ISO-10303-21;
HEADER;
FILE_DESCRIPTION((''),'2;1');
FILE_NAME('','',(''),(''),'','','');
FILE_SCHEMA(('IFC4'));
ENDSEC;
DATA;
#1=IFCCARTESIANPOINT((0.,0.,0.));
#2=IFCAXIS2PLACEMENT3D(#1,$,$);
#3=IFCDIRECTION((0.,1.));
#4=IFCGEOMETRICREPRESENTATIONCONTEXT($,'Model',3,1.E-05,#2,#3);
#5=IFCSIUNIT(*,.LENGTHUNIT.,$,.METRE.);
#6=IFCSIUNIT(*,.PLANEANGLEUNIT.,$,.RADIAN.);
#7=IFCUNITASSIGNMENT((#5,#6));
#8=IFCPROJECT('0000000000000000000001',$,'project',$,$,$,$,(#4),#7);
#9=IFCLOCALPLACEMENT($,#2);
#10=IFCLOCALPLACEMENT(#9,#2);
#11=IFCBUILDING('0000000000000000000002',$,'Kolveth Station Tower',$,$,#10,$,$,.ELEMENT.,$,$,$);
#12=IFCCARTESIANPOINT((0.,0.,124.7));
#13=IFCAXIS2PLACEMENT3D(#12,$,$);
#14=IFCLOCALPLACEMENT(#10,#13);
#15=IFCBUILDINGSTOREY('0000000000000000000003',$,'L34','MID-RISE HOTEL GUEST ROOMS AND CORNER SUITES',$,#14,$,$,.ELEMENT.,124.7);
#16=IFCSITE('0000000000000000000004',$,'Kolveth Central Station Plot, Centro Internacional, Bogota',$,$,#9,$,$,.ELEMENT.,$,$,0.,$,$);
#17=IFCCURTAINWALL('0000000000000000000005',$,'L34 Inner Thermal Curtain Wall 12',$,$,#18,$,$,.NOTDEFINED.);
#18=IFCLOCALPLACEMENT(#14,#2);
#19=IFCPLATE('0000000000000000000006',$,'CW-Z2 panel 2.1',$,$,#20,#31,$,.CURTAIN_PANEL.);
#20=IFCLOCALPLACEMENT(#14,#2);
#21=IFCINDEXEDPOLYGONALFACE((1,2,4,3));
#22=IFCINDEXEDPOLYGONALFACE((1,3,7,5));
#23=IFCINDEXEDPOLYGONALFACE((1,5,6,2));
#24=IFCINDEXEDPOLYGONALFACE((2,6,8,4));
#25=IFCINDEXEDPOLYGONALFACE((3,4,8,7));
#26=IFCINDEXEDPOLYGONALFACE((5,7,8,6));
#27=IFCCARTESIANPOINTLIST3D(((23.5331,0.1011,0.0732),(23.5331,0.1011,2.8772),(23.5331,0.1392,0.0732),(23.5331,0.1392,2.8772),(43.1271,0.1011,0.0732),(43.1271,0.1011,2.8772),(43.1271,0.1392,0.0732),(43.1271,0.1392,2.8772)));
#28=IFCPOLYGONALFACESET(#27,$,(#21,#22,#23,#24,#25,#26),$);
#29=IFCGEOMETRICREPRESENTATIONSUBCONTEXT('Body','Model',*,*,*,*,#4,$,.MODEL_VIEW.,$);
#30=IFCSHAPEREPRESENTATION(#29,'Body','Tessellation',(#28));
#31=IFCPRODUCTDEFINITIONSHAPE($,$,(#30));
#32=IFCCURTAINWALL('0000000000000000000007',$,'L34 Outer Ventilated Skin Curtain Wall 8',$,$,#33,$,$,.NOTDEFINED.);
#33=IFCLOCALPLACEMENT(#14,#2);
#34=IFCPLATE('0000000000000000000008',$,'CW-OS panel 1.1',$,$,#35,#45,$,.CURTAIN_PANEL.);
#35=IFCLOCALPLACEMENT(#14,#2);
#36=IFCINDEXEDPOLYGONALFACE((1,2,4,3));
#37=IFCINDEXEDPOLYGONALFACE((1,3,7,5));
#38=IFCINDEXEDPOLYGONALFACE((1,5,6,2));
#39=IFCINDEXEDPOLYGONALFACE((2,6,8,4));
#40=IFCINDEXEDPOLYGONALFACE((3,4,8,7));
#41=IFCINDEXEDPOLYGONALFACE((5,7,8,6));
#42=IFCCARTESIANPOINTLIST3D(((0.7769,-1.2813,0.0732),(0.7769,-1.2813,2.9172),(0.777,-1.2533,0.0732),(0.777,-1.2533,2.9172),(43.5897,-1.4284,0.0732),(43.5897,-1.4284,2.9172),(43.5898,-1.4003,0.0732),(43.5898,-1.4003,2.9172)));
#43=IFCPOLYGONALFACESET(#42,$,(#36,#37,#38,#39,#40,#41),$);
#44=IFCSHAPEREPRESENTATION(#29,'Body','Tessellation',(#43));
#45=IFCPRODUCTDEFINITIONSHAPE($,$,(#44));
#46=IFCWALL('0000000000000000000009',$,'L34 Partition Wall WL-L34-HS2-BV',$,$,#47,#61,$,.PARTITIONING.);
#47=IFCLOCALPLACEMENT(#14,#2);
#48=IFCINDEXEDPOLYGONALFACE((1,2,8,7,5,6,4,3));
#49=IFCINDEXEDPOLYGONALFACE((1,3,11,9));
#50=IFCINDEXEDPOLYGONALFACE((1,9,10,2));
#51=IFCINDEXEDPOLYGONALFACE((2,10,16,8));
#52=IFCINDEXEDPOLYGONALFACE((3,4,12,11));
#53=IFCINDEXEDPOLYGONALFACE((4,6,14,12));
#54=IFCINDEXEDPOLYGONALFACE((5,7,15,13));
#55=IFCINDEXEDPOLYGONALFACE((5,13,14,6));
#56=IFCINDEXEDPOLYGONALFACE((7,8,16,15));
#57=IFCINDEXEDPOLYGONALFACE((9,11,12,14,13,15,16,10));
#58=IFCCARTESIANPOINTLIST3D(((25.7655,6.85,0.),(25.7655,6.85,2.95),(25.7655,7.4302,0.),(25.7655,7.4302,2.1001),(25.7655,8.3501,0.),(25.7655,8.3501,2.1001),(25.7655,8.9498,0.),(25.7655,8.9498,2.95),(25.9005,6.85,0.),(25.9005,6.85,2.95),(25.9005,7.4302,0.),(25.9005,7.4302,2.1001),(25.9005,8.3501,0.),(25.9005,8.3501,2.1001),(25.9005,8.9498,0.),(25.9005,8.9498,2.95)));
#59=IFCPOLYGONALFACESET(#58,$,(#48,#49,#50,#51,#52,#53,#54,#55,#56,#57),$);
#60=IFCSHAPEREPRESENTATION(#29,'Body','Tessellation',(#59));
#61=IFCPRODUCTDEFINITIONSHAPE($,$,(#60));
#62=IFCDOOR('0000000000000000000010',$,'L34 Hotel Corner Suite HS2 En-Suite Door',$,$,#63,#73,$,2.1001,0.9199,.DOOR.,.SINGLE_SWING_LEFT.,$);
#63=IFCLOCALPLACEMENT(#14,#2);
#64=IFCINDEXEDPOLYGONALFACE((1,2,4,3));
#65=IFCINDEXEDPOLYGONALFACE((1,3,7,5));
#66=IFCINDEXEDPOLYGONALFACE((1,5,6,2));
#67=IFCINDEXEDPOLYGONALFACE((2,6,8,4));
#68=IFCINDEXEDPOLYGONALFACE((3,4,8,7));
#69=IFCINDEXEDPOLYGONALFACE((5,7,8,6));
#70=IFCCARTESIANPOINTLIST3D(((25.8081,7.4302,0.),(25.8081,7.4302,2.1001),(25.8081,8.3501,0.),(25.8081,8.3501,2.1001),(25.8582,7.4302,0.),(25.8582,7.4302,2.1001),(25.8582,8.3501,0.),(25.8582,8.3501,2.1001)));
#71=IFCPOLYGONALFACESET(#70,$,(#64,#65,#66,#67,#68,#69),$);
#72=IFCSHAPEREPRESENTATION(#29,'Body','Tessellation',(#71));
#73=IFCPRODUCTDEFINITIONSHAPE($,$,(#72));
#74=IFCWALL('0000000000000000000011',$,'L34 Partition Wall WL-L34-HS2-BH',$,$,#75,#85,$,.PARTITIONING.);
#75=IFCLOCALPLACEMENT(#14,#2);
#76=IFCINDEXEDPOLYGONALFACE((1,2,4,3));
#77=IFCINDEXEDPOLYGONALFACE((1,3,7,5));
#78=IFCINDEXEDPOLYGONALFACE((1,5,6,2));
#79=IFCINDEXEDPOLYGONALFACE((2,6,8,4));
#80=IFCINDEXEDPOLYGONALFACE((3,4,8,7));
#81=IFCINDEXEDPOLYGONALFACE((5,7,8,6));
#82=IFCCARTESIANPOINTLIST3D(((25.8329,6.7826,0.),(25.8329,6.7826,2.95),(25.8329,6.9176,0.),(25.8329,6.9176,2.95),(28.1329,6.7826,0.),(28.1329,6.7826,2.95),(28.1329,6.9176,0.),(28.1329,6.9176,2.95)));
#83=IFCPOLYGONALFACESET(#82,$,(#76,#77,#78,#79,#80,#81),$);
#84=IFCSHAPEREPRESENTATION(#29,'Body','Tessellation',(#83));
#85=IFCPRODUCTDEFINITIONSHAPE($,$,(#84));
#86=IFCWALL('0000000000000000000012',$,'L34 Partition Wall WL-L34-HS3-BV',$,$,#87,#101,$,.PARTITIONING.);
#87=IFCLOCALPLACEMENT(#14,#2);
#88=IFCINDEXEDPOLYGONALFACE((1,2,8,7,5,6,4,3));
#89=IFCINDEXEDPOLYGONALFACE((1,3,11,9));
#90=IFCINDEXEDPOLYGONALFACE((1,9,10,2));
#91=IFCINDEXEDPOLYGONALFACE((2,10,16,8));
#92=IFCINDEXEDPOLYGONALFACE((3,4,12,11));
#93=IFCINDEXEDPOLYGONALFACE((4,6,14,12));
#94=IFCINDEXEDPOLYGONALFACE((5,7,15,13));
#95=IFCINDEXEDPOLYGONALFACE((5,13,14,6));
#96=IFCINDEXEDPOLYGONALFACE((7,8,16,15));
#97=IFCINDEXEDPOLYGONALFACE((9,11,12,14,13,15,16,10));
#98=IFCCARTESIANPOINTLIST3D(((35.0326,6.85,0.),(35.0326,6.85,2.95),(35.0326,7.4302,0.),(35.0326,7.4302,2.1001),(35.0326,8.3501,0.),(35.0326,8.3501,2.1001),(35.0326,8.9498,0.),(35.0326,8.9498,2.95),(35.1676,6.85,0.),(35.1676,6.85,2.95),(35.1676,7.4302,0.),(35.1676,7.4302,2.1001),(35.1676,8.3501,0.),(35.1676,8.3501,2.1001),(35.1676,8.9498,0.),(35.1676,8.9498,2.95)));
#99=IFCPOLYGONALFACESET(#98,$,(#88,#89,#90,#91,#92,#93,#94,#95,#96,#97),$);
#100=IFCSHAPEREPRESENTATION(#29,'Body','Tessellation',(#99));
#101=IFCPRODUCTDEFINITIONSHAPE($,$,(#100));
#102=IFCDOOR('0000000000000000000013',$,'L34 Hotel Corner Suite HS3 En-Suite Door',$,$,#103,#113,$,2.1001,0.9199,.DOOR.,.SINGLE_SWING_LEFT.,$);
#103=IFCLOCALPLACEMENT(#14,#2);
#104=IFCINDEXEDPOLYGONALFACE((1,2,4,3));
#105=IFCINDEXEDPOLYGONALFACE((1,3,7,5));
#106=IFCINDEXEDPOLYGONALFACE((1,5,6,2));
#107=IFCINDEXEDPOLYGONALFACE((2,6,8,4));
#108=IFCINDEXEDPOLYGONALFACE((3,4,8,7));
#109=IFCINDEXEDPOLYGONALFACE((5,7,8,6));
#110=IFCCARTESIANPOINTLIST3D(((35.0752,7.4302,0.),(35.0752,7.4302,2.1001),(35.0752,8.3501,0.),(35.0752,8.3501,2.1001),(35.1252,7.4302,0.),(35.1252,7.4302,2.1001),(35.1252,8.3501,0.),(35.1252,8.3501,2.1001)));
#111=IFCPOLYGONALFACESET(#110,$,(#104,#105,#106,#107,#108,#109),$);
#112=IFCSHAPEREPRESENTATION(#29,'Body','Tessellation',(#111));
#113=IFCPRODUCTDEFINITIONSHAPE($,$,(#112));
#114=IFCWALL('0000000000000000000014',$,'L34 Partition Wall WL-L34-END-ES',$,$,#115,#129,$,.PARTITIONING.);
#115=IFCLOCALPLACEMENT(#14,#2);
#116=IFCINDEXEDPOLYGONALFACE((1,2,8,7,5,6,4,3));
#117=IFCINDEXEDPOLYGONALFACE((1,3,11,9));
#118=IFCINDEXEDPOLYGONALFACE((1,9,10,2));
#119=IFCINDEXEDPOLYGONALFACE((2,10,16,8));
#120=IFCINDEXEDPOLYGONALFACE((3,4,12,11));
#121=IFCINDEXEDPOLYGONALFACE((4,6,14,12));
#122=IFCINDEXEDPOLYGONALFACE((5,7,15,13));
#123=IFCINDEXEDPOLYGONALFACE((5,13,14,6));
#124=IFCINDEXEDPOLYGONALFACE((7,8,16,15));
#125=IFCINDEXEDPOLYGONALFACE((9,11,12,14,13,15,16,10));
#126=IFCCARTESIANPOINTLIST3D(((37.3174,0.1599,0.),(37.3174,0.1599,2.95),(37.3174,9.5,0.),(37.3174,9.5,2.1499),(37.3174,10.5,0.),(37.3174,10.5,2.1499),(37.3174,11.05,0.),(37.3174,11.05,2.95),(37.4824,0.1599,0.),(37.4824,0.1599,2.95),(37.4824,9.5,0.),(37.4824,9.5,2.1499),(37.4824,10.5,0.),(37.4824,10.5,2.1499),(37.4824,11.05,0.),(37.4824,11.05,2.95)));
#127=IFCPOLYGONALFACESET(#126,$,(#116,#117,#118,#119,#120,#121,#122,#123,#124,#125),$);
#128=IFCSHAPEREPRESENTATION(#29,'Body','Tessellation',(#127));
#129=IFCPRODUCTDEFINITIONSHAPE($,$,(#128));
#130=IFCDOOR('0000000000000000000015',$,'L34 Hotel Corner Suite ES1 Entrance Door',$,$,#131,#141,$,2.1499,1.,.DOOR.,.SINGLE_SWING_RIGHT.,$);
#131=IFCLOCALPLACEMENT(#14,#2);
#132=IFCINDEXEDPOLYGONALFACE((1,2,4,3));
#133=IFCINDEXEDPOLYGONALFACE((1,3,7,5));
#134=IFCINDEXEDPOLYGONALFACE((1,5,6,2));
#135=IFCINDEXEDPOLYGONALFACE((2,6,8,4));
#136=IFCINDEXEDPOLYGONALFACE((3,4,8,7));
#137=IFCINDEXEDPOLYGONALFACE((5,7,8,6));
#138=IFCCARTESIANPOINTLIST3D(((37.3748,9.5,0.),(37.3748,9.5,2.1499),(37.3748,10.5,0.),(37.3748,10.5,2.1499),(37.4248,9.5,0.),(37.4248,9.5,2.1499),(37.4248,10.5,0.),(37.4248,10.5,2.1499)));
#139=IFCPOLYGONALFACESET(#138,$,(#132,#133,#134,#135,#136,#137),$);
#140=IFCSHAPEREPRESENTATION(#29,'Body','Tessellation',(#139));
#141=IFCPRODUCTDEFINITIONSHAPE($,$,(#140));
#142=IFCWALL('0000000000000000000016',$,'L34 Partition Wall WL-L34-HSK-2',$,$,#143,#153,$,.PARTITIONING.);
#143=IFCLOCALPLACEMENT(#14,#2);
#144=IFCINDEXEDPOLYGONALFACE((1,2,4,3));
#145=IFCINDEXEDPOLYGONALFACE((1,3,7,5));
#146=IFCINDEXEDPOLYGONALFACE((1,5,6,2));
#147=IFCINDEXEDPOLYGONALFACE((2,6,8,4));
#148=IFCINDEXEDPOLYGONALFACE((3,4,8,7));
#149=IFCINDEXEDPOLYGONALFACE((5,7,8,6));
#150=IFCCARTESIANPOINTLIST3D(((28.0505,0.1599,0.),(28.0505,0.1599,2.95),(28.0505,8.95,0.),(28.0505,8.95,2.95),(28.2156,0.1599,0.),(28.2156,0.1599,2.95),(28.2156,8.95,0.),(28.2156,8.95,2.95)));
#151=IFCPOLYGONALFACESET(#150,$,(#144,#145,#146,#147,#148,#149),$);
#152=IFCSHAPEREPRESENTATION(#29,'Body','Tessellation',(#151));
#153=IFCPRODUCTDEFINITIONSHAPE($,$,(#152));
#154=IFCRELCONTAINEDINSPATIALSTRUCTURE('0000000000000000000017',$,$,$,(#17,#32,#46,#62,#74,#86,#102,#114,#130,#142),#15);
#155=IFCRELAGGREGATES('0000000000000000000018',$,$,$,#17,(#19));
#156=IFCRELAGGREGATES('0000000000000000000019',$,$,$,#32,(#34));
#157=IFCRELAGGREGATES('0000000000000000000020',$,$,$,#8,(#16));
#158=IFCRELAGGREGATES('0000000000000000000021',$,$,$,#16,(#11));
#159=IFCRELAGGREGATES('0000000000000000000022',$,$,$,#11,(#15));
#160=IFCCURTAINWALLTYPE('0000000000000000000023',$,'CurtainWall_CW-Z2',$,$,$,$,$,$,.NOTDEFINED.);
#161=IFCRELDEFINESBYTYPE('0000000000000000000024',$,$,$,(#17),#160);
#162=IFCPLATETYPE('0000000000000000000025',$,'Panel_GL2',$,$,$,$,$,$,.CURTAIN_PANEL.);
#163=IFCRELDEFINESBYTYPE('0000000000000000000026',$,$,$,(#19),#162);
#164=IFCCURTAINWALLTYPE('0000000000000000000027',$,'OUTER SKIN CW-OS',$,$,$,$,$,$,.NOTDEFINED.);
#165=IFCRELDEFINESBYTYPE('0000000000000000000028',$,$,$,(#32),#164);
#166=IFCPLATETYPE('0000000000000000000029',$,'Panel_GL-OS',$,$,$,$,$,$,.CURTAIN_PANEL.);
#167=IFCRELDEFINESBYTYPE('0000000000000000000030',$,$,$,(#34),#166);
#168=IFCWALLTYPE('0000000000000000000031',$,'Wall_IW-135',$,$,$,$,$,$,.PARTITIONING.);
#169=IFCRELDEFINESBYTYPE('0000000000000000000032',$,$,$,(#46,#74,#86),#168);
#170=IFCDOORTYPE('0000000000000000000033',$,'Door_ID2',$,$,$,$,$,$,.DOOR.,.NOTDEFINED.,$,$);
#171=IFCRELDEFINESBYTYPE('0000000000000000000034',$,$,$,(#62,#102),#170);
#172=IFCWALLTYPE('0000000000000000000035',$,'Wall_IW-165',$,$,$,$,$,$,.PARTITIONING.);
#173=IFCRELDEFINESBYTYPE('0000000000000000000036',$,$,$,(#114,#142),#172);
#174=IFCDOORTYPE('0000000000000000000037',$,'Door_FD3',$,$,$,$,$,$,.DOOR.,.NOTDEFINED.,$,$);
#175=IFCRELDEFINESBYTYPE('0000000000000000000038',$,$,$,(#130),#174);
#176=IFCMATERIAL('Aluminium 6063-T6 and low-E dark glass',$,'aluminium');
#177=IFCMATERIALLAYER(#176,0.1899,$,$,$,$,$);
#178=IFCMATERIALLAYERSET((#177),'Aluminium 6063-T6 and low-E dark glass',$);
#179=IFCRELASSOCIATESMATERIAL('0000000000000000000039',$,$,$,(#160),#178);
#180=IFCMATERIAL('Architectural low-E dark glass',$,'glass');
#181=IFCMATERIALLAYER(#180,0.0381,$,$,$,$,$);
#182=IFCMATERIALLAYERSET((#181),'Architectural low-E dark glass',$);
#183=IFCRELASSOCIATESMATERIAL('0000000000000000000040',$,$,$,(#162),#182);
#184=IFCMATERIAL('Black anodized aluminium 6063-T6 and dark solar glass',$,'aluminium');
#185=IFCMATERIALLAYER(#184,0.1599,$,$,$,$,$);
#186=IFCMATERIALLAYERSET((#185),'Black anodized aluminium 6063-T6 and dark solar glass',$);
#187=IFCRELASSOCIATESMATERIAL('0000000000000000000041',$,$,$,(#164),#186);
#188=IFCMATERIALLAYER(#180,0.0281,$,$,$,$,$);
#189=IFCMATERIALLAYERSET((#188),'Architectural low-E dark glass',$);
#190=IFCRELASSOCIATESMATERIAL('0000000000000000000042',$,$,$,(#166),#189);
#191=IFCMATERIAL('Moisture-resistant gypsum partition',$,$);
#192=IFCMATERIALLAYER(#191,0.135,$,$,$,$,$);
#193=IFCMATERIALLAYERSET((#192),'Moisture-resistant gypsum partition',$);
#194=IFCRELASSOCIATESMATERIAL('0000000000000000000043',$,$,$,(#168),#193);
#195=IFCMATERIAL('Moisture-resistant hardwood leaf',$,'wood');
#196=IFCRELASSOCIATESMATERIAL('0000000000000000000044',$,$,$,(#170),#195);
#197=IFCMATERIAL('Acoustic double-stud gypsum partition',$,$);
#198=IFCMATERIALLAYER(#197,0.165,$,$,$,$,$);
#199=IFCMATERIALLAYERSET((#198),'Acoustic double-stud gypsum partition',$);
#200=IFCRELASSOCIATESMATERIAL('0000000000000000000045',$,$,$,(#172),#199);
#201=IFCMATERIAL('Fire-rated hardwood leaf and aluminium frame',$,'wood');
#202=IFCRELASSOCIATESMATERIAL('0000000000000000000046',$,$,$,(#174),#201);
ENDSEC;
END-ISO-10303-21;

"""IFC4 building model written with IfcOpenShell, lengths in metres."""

from ifc_helpers import new_model, si_unit, direction, frame, frame_2d, origin, origin_2d, place, context, subcontext, project, spatial, rectangle, extrude, source, transform, mapped, material, layer, layer_set, type_object, element, fill, aggregate, save


model = new_model("IFC4")

# Units and contexts
model_context = context("Model", 3, precision=1e-05, world=origin(), true_north=direction((0.0, 1.0)))
body_context = subcontext(model_context, "Body", "Model", "MODEL_VIEW")
ifc_project = project(units=[si_unit("LENGTHUNIT", "METRE"), si_unit("PLANEANGLEUNIT", "RADIAN")], contexts=[model_context])

# Site, building, storey
site_placement = place(None, origin())
site = spatial("IfcSite", under=ifc_project, at=site_placement, Name="Kolveth Central Station Plot, Centro Internacional, Bogota", CompositionType="ELEMENT", RefElevation=0.0)
building_placement = place(site_placement, origin())
building = spatial("IfcBuilding", under=site, at=building_placement, Name="Kolveth Station Tower", CompositionType="ELEMENT")
storey_placement = place(building_placement, frame((0.0, 0.0, 124.7)))
storey = spatial("IfcBuildingStorey", under=building, at=storey_placement, Name="L34", Description="MID-RISE HOTEL GUEST ROOMS AND CORNER SUITES", CompositionType="ELEMENT", Elevation=124.7)

# Curtain wall, plate
ifc_material_1 = material(Name="Aluminium 6063-T6 and low-E dark glass", Category="aluminium")
ifc_layer_1 = layer(ifc_material_1, 0.1899)
ifc_layer_set_1 = layer_set([ifc_layer_1], Name="Aluminium 6063-T6 and low-E dark glass")
curtain_wall_type_1 = type_object("IfcCurtainWallType", Name="CurtainWall_CW-Z2", PredefinedType="NOTDEFINED", material=ifc_layer_set_1)
curtain_wall_1_placement = place(storey_placement, origin())
curtain_wall_1 = element("IfcCurtainWall", 1, at=curtain_wall_1_placement, inside=storey, type_object=curtain_wall_type_1, Name="L34 Inner Thermal Curtain Wall 12", PredefinedType="NOTDEFINED")
ifc_material_2 = material(Name="Architectural low-E dark glass", Category="glass")
ifc_layer_2 = layer(ifc_material_2, 0.0381)
ifc_layer_set_2 = layer_set([ifc_layer_2], Name="Architectural low-E dark glass")
plate_type_1 = type_object("IfcPlateType", Name="Panel_GL2", PredefinedType="CURTAIN_PANEL", material=ifc_layer_set_2)
shared_shape_1 = source(origin(), body_context, "Body", "SweptSolid", [
    extrude(rectangle(XDim=19.594, YDim=0.0381, at=origin_2d()), origin(), (0.0, 0.0, 1.0), 2.804),
])
plate_1_placement = place(storey_placement, frame((33.3301, 0.1201, 0.0732), z_axis=(0.0, 0.0, 1.0), x_axis=(1.0, 0.0, 0.0)))
plate_1 = element("IfcPlate", 2, at=plate_1_placement, type_object=plate_type_1, Name="CW-Z2 panel 2.1", PredefinedType="CURTAIN_PANEL", context=body_context, shape_type="MappedRepresentation", body=[
    mapped(shared_shape_1, transform((0.0, 0.0, 0.0), x_axis=(1.0, 0.0, 0.0), y_axis=(0.0, 1.0, 0.0), z_axis=(0.0, 0.0, 1.0), scale=1.0)),
])
aggregate(curtain_wall_1, [plate_1])

# Curtain wall, plate
ifc_material_3 = material(Name="Black anodized aluminium 6063-T6 and dark solar glass", Category="aluminium")
ifc_layer_3 = layer(ifc_material_3, 0.1599)
ifc_layer_set_3 = layer_set([ifc_layer_3], Name="Black anodized aluminium 6063-T6 and dark solar glass")
curtain_wall_type_2 = type_object("IfcCurtainWallType", Name="OUTER SKIN CW-OS", PredefinedType="NOTDEFINED", material=ifc_layer_set_3)
curtain_wall_2_placement = place(storey_placement, origin())
curtain_wall_2 = element("IfcCurtainWall", 3, at=curtain_wall_2_placement, inside=storey, type_object=curtain_wall_type_2, Name="L34 Outer Ventilated Skin Curtain Wall 8", PredefinedType="NOTDEFINED")
ifc_layer_4 = layer(ifc_material_2, 0.0281)
ifc_layer_set_4 = layer_set([ifc_layer_4], Name="Architectural low-E dark glass")
plate_type_2 = type_object("IfcPlateType", Name="Panel_GL-OS", PredefinedType="CURTAIN_PANEL", material=ifc_layer_set_4)
shared_shape_2 = source(origin(), body_context, "Body", "SweptSolid", [
    extrude(rectangle(XDim=42.813, YDim=0.0281, at=origin_2d()), origin(), (0.0, 0.0, 1.0), 2.844),
])
plate_2_placement = place(storey_placement, frame((22.1833, -1.3408, 0.0732), z_axis=(0.0, 0.0, 1.0), x_axis=(0.999994, -0.003434, 0.0)))
plate_2 = element("IfcPlate", 4, at=plate_2_placement, type_object=plate_type_2, Name="CW-OS panel 1.1", PredefinedType="CURTAIN_PANEL", context=body_context, shape_type="MappedRepresentation", body=[
    mapped(shared_shape_2, transform((0.0, 0.0, 0.0), x_axis=(1.0, 0.0, 0.0), y_axis=(0.0, 1.0, 0.0), z_axis=(0.0, 0.0, 1.0), scale=1.0)),
])
aggregate(curtain_wall_2, [plate_2])

# Wall, opening, door
ifc_material_4 = material(Name="Moisture-resistant gypsum partition")
ifc_layer_5 = layer(ifc_material_4, 0.135)
ifc_layer_set_5 = layer_set([ifc_layer_5], Name="Moisture-resistant gypsum partition")
wall_type_1 = type_object("IfcWallType", Name="Wall_IW-135", PredefinedType="PARTITIONING", material=ifc_layer_set_5)
wall_1_placement = place(storey_placement, frame((25.833, 6.8501, 0.0), z_axis=(0.0, 0.0, 1.0), x_axis=(0.0, 1.0, 0.0)))
wall_1 = element("IfcWall", 5, at=wall_1_placement, inside=storey, type_object=wall_type_1, Name="L34 Partition Wall WL-L34-HS2-BV", PredefinedType="PARTITIONING", context=body_context, shape_type="SweptSolid", body=[
    extrude(rectangle(XDim=2.0999, YDim=0.135, at=frame_2d((1.0498, 0.0))), origin(), (0.0, 0.0, 1.0), 2.95),
])
opening_1_placement = place(wall_1_placement, frame((0.5801, 0.0, 0.0)))
opening_1 = element("IfcOpeningElement", 6, at=opening_1_placement, cuts=wall_1, PredefinedType="OPENING", context=body_context, shape_type="SweptSolid", body=[
    extrude(rectangle(XDim=0.9199, YDim=2.1001, at=frame_2d((0.46, 1.05))), frame((0.0, 0.0774, 0.0), z_axis=(0.0, -1.0, 0.0), x_axis=(1.0, 0.0, 0.0)), (0.0, 0.0, 1.0), 0.155),
])
ifc_material_5 = material(Name="Moisture-resistant hardwood leaf", Category="wood")
door_type_1 = type_object("IfcDoorType", Name="Door_ID2", OperationType="NOTDEFINED", PredefinedType="DOOR", material=ifc_material_5)
door_1_placement = place(opening_1_placement, origin())
door_1 = element("IfcDoor", 7, at=door_1_placement, inside=storey, type_object=door_type_1, Name="L34 Hotel Corner Suite HS2 En-Suite Door", OperationType="SINGLE_SWING_LEFT", OverallHeight=2.1001, OverallWidth=0.9199, PredefinedType="DOOR", context=body_context, shape_type="SweptSolid", body=[
    extrude(rectangle(XDim=0.9199, YDim=2.1001, at=frame_2d((0.46, 1.05))), frame((0.0, 0.0249, 0.0), z_axis=(0.0, -1.0, 0.0), x_axis=(1.0, 0.0, 0.0)), (0.0, 0.0, 1.0), 0.05),
])
fill(opening_1, door_1)

# Wall
wall_2_placement = place(storey_placement, frame((25.833, 6.8501, 0.0), z_axis=(0.0, 0.0, 1.0), x_axis=(1.0, 0.0, 0.0)))
element("IfcWall", 8, at=wall_2_placement, inside=storey, type_object=wall_type_1, Name="L34 Partition Wall WL-L34-HS2-BH", PredefinedType="PARTITIONING", context=body_context, shape_type="SweptSolid", body=[
    extrude(rectangle(XDim=2.3, YDim=0.135, at=frame_2d((1.1499, 0.0))), origin(), (0.0, 0.0, 1.0), 2.95),
])

# Walls, openings, doors
wall_3_placement = place(storey_placement, frame((35.1001, 6.8501, 0.0), z_axis=(0.0, 0.0, 1.0), x_axis=(0.0, 1.0, 0.0)))
wall_3 = element("IfcWall", 9, at=wall_3_placement, inside=storey, type_object=wall_type_1, Name="L34 Partition Wall WL-L34-HS3-BV", PredefinedType="PARTITIONING", context=body_context, shape_type="SweptSolid", body=[
    extrude(rectangle(XDim=2.0999, YDim=0.135, at=frame_2d((1.0498, 0.0))), origin(), (0.0, 0.0, 1.0), 2.95),
])
opening_2_placement = place(wall_3_placement, frame((0.5801, 0.0, 0.0)))
opening_2 = element("IfcOpeningElement", 10, at=opening_2_placement, cuts=wall_3, PredefinedType="OPENING", context=body_context, shape_type="SweptSolid", body=[
    extrude(rectangle(XDim=0.9199, YDim=2.1001, at=frame_2d((0.46, 1.05))), frame((0.0, 0.0774, 0.0), z_axis=(0.0, -1.0, 0.0), x_axis=(1.0, 0.0, 0.0)), (0.0, 0.0, 1.0), 0.155),
])
door_2_placement = place(opening_2_placement, origin())
door_2 = element("IfcDoor", 11, at=door_2_placement, inside=storey, type_object=door_type_1, Name="L34 Hotel Corner Suite HS3 En-Suite Door", OperationType="SINGLE_SWING_LEFT", OverallHeight=2.1001, OverallWidth=0.9199, PredefinedType="DOOR", context=body_context, shape_type="SweptSolid", body=[
    extrude(rectangle(XDim=0.9199, YDim=2.1001, at=frame_2d((0.46, 1.05))), frame((0.0, 0.0249, 0.0), z_axis=(0.0, -1.0, 0.0), x_axis=(1.0, 0.0, 0.0)), (0.0, 0.0, 1.0), 0.05),
])
fill(opening_2, door_2)
ifc_material_6 = material(Name="Acoustic double-stud gypsum partition")
ifc_layer_6 = layer(ifc_material_6, 0.165)
ifc_layer_set_6 = layer_set([ifc_layer_6], Name="Acoustic double-stud gypsum partition")
wall_type_2 = type_object("IfcWallType", Name="Wall_IW-165", PredefinedType="PARTITIONING", material=ifc_layer_set_6)
wall_4_placement = place(storey_placement, frame((37.3999, 0.1599, 0.0), z_axis=(0.0, 0.0, 1.0), x_axis=(0.0, 1.0, 0.0)))
wall_4 = element("IfcWall", 12, at=wall_4_placement, inside=storey, type_object=wall_type_2, Name="L34 Partition Wall WL-L34-END-ES", PredefinedType="PARTITIONING", context=body_context, shape_type="SweptSolid", body=[
    extrude(rectangle(XDim=10.8901, YDim=0.165, at=frame_2d((5.4451, 0.0))), origin(), (0.0, 0.0, 1.0), 2.95),
])
opening_3_placement = place(wall_4_placement, frame((9.3401, 0.0, 0.0)))
opening_3 = element("IfcOpeningElement", 13, at=opening_3_placement, cuts=wall_4, PredefinedType="OPENING", context=body_context, shape_type="SweptSolid", body=[
    extrude(rectangle(XDim=1.0, YDim=2.1499, at=frame_2d((0.5, 1.075))), frame((0.0, 0.0925, 0.0), z_axis=(0.0, -1.0, 0.0), x_axis=(1.0, 0.0, 0.0)), (0.0, 0.0, 1.0), 0.1851),
])
ifc_material_7 = material(Name="Fire-rated hardwood leaf and aluminium frame", Category="wood")
door_type_2 = type_object("IfcDoorType", Name="Door_FD3", OperationType="NOTDEFINED", PredefinedType="DOOR", material=ifc_material_7)
door_3_placement = place(opening_3_placement, frame((1.0, 0.0, 0.0), z_axis=(0.0, 0.0, 1.0), x_axis=(-1.0, 0.0, 0.0)))
door_3 = element("IfcDoor", 14, at=door_3_placement, inside=storey, type_object=door_type_2, Name="L34 Hotel Corner Suite ES1 Entrance Door", OperationType="SINGLE_SWING_RIGHT", OverallHeight=2.1499, OverallWidth=1.0, PredefinedType="DOOR", context=body_context, shape_type="SweptSolid", body=[
    extrude(rectangle(XDim=1.0, YDim=2.1499, at=frame_2d((0.5, 1.075))), frame((0.0, 0.0249, 0.0), z_axis=(0.0, -1.0, 0.0), x_axis=(1.0, 0.0, 0.0)), (0.0, 0.0, 1.0), 0.05),
])
fill(opening_3, door_3)

# Wall
wall_5_placement = place(storey_placement, frame((28.1331, 0.1599, 0.0), z_axis=(0.0, 0.0, 1.0), x_axis=(0.0, 1.0, 0.0)))
element("IfcWall", 15, at=wall_5_placement, inside=storey, type_object=wall_type_2, Name="L34 Partition Wall WL-L34-HSK-2", PredefinedType="PARTITIONING", context=body_context, shape_type="SweptSolid", body=[
    extrude(rectangle(XDim=8.79, YDim=0.165, at=frame_2d((4.395, 0.0))), origin(), (0.0, 0.0, 1.0), 2.95),
])

save(model, "model.ifc")
